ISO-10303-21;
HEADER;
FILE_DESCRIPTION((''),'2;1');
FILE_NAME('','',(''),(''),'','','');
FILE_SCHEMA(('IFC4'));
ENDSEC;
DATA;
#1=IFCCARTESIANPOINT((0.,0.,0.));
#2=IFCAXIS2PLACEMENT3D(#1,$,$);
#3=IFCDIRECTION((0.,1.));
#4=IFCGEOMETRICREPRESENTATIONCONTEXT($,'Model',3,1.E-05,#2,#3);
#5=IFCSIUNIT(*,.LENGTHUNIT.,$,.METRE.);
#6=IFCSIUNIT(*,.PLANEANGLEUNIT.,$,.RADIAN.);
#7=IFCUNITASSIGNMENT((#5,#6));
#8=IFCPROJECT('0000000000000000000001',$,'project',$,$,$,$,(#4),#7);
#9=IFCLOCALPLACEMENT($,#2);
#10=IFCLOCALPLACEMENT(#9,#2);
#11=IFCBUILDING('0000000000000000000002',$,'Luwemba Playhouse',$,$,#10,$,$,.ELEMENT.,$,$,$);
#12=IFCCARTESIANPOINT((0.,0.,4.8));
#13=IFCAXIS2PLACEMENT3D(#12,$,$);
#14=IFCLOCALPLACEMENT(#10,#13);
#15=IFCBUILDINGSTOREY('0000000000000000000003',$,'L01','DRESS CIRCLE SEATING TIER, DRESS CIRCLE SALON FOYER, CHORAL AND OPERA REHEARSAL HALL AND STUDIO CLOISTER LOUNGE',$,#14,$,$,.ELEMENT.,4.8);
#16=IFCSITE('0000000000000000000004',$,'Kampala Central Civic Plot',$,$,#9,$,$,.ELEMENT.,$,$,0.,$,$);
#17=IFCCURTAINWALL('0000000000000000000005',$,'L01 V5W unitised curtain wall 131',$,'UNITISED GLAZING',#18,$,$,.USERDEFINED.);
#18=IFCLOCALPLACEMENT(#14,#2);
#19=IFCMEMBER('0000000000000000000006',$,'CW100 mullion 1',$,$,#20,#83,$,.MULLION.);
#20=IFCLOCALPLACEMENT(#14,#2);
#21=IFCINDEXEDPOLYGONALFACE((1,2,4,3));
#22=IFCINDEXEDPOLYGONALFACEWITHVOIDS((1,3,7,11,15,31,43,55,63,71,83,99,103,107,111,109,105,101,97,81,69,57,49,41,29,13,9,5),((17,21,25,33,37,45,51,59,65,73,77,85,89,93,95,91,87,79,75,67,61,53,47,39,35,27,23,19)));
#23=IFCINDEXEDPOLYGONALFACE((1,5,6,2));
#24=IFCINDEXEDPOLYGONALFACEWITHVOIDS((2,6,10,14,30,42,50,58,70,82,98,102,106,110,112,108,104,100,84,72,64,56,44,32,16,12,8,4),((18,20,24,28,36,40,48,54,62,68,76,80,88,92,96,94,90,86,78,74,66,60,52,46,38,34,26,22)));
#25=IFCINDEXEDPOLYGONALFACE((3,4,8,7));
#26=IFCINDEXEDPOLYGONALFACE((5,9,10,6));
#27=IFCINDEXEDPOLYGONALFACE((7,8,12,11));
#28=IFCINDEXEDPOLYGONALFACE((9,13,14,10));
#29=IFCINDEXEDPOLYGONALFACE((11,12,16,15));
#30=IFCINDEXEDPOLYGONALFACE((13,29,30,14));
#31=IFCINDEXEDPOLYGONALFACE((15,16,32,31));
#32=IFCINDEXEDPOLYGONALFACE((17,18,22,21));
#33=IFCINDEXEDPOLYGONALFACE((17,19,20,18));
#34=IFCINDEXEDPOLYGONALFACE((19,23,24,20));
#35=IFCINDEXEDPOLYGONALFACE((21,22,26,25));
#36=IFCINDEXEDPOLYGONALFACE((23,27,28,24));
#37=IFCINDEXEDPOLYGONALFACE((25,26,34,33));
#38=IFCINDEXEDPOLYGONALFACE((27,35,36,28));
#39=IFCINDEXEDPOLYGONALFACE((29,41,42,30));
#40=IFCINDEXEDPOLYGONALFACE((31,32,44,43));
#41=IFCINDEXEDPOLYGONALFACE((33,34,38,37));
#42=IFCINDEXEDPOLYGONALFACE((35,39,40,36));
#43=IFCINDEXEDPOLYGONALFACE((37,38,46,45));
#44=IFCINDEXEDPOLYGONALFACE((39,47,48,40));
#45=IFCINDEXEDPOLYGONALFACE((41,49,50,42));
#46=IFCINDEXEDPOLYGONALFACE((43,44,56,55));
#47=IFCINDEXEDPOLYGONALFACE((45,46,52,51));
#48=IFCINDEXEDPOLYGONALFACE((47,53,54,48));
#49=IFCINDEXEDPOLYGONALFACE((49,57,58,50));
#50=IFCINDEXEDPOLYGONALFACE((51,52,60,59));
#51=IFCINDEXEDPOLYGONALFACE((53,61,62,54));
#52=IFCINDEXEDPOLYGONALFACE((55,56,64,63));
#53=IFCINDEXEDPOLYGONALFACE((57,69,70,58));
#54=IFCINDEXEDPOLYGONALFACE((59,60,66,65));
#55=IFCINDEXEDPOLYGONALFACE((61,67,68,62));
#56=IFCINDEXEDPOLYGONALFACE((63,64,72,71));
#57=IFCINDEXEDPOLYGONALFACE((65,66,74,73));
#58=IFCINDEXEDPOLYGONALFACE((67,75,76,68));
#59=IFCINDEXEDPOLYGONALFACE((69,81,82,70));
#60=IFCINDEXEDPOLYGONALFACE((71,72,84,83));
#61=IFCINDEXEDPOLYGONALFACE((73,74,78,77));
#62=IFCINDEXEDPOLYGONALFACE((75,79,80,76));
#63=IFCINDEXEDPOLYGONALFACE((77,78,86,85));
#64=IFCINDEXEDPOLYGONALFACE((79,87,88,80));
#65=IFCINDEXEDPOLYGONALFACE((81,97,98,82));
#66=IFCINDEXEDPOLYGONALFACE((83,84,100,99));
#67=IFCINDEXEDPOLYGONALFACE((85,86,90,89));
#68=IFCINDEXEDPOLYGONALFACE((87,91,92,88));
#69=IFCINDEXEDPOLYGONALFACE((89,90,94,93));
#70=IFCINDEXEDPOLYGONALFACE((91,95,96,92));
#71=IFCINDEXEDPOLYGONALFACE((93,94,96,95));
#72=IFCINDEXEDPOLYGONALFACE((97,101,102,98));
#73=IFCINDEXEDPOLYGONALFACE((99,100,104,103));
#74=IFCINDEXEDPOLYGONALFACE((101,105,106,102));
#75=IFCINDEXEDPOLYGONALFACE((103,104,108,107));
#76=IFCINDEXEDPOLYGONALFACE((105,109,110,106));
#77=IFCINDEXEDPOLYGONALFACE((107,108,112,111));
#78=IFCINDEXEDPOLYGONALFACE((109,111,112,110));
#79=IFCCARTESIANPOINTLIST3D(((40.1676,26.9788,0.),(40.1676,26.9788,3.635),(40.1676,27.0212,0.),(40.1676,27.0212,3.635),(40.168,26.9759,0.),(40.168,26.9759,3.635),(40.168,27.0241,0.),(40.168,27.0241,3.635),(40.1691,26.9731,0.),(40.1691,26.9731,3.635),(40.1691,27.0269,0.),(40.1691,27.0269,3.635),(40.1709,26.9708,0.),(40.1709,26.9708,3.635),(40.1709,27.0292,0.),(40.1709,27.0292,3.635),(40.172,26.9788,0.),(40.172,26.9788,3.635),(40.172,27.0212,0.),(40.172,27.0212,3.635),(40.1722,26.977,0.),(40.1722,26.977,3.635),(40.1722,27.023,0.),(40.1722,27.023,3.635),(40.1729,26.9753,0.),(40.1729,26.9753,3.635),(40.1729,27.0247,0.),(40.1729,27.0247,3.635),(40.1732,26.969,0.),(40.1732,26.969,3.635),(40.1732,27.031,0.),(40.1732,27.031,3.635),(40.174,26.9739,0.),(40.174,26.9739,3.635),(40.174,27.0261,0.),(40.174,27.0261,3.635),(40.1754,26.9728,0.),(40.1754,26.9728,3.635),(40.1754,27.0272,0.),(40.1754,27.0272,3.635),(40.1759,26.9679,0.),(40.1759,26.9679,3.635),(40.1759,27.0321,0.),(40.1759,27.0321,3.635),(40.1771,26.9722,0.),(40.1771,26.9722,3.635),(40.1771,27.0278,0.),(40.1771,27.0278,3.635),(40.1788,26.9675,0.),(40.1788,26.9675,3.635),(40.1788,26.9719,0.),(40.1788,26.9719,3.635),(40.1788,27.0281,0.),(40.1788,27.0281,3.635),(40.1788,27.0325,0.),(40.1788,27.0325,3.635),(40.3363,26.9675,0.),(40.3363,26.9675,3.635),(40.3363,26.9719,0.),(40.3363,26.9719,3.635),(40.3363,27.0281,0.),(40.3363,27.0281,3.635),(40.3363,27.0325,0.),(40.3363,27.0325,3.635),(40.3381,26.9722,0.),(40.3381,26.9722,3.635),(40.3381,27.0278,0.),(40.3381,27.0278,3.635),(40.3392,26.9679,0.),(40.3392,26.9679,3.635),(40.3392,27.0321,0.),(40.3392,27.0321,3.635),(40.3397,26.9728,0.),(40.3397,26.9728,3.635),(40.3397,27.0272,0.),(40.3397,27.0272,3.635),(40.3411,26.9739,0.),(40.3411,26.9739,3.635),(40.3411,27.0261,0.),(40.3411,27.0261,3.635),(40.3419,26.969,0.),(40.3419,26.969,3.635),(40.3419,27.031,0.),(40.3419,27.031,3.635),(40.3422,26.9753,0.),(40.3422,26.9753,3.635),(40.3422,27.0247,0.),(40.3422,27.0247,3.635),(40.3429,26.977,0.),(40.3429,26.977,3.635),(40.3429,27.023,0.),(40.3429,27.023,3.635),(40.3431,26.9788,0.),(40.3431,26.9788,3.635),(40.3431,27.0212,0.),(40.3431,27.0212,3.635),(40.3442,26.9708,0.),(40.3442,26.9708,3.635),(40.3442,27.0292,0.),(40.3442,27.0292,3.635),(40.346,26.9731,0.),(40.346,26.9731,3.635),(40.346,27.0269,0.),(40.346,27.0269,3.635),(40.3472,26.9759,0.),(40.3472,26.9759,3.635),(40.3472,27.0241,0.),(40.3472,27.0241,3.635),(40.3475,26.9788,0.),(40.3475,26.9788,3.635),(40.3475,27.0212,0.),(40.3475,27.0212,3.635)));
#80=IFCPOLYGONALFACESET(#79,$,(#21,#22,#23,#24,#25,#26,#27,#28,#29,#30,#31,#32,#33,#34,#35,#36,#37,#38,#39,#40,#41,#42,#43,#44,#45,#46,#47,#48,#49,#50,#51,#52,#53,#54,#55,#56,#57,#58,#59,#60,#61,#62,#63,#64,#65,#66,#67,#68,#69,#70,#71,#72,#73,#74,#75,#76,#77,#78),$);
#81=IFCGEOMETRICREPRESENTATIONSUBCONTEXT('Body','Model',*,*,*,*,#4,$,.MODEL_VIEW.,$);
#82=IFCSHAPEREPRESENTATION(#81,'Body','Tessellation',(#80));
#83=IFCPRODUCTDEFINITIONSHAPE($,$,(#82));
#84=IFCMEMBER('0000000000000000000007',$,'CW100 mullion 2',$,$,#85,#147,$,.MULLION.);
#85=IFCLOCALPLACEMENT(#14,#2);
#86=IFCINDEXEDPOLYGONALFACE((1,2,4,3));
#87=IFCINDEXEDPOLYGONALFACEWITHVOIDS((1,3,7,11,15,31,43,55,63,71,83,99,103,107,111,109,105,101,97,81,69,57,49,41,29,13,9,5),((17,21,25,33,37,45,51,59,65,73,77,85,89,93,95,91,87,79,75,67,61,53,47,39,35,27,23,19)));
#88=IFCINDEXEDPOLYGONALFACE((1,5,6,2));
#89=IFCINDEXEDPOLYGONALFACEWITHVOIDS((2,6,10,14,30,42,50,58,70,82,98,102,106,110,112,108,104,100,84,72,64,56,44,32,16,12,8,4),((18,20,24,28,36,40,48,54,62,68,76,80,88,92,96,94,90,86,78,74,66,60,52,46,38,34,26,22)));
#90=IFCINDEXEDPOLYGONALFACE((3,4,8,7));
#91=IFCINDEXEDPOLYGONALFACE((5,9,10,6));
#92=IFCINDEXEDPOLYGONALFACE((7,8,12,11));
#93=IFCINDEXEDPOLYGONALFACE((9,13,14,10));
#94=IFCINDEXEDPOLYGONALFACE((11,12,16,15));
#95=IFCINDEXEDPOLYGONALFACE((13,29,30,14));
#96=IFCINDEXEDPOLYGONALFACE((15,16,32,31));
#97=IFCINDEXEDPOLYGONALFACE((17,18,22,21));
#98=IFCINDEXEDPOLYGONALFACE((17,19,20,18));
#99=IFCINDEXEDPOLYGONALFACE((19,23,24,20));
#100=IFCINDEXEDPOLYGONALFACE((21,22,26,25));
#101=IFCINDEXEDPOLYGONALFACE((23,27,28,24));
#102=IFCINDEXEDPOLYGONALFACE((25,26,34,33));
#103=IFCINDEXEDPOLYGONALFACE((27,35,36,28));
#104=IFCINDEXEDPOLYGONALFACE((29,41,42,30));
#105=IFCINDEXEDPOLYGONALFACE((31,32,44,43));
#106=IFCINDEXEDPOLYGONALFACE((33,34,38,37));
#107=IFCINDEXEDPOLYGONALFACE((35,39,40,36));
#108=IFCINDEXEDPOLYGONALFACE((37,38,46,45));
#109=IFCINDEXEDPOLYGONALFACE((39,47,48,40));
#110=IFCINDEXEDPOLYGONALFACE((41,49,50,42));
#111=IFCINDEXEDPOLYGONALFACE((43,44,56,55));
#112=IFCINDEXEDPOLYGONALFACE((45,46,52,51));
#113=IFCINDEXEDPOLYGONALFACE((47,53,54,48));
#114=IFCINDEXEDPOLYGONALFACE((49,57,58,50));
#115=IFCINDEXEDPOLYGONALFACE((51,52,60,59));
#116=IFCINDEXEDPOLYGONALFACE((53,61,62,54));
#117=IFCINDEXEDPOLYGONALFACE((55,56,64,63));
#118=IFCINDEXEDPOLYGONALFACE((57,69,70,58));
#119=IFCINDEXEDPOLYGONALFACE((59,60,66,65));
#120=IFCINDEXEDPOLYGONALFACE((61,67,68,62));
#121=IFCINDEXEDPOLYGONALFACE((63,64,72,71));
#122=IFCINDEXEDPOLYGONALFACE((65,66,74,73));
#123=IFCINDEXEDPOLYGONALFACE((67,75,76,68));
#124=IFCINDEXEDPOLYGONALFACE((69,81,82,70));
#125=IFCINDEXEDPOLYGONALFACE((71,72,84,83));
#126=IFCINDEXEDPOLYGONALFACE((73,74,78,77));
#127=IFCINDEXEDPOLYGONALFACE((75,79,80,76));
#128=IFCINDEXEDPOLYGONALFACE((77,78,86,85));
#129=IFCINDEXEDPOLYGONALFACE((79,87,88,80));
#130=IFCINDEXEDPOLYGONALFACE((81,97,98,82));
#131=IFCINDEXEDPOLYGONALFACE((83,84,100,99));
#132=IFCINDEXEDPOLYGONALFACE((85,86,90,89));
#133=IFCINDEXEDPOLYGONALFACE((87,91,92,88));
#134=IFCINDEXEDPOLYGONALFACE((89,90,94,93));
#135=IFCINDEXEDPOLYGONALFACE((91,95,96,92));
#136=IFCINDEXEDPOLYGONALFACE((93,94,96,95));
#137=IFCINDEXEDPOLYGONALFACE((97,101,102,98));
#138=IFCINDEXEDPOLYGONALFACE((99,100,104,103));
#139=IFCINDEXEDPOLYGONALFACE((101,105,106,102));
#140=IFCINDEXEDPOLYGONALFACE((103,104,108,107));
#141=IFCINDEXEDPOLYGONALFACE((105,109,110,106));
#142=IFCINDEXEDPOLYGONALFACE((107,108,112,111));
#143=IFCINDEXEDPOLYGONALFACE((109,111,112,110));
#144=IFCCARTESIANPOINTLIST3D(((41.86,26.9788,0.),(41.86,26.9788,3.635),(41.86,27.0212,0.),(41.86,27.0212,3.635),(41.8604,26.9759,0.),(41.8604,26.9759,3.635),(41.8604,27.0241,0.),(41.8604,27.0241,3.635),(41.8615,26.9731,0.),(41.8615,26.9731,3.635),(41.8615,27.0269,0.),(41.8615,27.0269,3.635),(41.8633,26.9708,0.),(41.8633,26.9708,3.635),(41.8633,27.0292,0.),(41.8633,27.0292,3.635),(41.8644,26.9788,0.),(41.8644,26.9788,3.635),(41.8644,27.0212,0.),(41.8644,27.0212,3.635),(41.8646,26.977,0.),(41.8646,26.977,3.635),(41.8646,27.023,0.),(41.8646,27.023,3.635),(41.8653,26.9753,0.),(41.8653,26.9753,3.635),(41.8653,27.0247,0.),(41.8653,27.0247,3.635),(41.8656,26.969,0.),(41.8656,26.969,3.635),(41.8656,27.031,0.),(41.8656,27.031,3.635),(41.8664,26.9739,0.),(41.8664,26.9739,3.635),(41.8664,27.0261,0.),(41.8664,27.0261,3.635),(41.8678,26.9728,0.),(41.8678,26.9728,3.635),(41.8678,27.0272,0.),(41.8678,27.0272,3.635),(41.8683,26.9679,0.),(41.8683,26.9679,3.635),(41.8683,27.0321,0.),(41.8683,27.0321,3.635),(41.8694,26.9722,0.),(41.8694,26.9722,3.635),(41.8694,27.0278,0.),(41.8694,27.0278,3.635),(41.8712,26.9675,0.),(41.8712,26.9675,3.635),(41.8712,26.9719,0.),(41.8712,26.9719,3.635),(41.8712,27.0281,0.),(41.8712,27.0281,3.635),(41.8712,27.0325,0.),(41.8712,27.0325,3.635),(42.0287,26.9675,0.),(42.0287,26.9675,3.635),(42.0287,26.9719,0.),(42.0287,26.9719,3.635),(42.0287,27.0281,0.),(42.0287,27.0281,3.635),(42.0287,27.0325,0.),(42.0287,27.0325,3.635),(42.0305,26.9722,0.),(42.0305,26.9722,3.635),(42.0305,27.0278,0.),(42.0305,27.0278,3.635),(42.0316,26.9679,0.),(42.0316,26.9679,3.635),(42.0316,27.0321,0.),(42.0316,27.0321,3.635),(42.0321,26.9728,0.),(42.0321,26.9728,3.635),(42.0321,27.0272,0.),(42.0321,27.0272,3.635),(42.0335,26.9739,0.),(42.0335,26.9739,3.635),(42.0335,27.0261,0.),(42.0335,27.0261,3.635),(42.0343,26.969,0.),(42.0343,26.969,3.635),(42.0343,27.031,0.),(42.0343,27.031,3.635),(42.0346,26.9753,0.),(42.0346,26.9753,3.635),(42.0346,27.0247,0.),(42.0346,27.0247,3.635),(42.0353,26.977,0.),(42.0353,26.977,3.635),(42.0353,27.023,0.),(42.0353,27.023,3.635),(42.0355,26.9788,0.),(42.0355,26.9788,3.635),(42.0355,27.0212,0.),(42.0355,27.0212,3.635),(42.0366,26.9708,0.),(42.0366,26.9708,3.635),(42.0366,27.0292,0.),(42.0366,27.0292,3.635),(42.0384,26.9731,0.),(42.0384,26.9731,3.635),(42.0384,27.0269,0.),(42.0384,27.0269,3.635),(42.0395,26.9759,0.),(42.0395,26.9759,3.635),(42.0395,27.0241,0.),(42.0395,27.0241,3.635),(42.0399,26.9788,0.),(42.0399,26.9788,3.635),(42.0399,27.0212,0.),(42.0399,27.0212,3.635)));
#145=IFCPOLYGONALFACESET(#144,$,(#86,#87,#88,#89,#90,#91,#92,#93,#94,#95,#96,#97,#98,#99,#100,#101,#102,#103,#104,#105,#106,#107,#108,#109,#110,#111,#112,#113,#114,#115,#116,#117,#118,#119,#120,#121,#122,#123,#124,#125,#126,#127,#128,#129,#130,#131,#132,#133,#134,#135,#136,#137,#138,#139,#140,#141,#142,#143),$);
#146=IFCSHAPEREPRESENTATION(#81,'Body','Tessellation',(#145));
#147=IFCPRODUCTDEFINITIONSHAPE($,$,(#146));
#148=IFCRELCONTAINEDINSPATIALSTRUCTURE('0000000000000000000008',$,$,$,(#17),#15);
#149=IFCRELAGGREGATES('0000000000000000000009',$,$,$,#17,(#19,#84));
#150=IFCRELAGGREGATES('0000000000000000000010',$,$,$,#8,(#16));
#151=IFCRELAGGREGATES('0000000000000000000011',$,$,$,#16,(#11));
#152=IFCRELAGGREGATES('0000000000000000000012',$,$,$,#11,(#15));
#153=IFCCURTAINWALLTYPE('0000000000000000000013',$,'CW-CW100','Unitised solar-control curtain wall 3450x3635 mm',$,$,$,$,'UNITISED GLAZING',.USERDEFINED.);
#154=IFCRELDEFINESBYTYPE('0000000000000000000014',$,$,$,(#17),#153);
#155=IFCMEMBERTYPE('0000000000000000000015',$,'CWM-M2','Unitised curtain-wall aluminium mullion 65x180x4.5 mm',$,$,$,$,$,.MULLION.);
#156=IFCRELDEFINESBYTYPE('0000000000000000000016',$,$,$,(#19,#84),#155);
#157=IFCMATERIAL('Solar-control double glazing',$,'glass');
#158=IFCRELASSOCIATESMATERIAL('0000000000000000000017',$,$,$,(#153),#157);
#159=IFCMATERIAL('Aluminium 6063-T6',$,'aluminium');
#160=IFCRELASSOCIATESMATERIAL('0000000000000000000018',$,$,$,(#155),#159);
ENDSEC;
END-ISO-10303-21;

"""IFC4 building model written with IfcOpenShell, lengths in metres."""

from ifc_helpers import new_model, si_unit, direction, frame, origin, origin_2d, place, context, subcontext, project, spatial, hollow_rectangle, extrude, material, material_profile, profile_set, type_object, element, aggregate, save


model = new_model("IFC4")

# Units and contexts
model_context = context("Model", 3, precision=1e-05, world=origin(), true_north=direction((0.0, 1.0)))
body_context = subcontext(model_context, "Body", "Model", "MODEL_VIEW")
ifc_project = project(units=[si_unit("LENGTHUNIT", "METRE"), si_unit("PLANEANGLEUNIT", "RADIAN")], contexts=[model_context])

# Site, building, storey
site_placement = place(None, origin())
site = spatial("IfcSite", under=ifc_project, at=site_placement, Name="Kampala Central Civic Plot", CompositionType="ELEMENT", RefElevation=0.0)
building_placement = place(site_placement, origin())
building = spatial("IfcBuilding", under=site, at=building_placement, Name="Luwemba Playhouse", CompositionType="ELEMENT")
storey_placement = place(building_placement, frame((0.0, 0.0, 4.8)))
storey = spatial("IfcBuildingStorey", under=building, at=storey_placement, Name="L01", Description="DRESS CIRCLE SEATING TIER, DRESS CIRCLE SALON FOYER, CHORAL AND OPERA REHEARSAL HALL AND STUDIO CLOISTER LOUNGE", CompositionType="ELEMENT", Elevation=4.8)

# Curtain wall, members
ifc_material_1 = material(Name="Solar-control double glazing", Category="glass")
ifc_material_2 = material(Name="Aluminium 6063-T6", Category="aluminium")
curtain_wall_type_1 = type_object("IfcCurtainWallType", Name="CW-CW100", Description="Unitised solar-control curtain wall 3450x3635 mm", ElementType="UNITISED GLAZING", PredefinedType="USERDEFINED", material=ifc_material_1)
curtain_wall_1_placement = place(storey_placement, origin())
curtain_wall_1 = element("IfcCurtainWall", 1, at=curtain_wall_1_placement, inside=storey, type_object=curtain_wall_type_1, Name="L01 V5W unitised curtain wall 131", ObjectType="UNITISED GLAZING", PredefinedType="USERDEFINED")
ifc_material_profile_1 = material_profile(ifc_material_2, hollow_rectangle(XDim=0.0649, YDim=0.1799, WallThickness=0.0044, InnerFilletRadius=0.0068, OuterFilletRadius=0.0112, at=origin_2d()))
ifc_profile_set_1 = profile_set([ifc_material_profile_1], Name="Aluminium 6063-T6")
member_type_1 = type_object("IfcMemberType", Name="CWM-M2", Description="Unitised curtain-wall aluminium mullion 65x180x4.5 mm", PredefinedType="MULLION", material=ifc_profile_set_1)
member_1_placement = place(storey_placement, frame((40.2576, 27.0, 0.0), z_axis=(0.0, 0.0, 1.0), x_axis=(0.0, 1.0, 0.0)))
member_1 = element("IfcMember", 2, at=member_1_placement, type_object=member_type_1, Name="CW100 mullion 1", PredefinedType="MULLION", context=body_context, shape_type="SweptSolid", body=[
    extrude(hollow_rectangle(XDim=0.0649, YDim=0.1799, WallThickness=0.0044, InnerFilletRadius=0.0068, OuterFilletRadius=0.0112, at=origin_2d()), origin(), (0.0, 0.0, 1.0), 3.635),
])
member_2_placement = place(storey_placement, frame((41.95, 27.0, 0.0), z_axis=(0.0, 0.0, 1.0), x_axis=(0.0, 1.0, 0.0)))
member_2 = element("IfcMember", 3, at=member_2_placement, type_object=member_type_1, Name="CW100 mullion 2", PredefinedType="MULLION", context=body_context, shape_type="SweptSolid", body=[
    extrude(hollow_rectangle(XDim=0.0649, YDim=0.1799, WallThickness=0.0044, InnerFilletRadius=0.0068, OuterFilletRadius=0.0112, at=origin_2d()), origin(), (0.0, 0.0, 1.0), 3.635),
])

aggregate(curtain_wall_1, [member_1, member_2])

save(model, "model.ifc")
